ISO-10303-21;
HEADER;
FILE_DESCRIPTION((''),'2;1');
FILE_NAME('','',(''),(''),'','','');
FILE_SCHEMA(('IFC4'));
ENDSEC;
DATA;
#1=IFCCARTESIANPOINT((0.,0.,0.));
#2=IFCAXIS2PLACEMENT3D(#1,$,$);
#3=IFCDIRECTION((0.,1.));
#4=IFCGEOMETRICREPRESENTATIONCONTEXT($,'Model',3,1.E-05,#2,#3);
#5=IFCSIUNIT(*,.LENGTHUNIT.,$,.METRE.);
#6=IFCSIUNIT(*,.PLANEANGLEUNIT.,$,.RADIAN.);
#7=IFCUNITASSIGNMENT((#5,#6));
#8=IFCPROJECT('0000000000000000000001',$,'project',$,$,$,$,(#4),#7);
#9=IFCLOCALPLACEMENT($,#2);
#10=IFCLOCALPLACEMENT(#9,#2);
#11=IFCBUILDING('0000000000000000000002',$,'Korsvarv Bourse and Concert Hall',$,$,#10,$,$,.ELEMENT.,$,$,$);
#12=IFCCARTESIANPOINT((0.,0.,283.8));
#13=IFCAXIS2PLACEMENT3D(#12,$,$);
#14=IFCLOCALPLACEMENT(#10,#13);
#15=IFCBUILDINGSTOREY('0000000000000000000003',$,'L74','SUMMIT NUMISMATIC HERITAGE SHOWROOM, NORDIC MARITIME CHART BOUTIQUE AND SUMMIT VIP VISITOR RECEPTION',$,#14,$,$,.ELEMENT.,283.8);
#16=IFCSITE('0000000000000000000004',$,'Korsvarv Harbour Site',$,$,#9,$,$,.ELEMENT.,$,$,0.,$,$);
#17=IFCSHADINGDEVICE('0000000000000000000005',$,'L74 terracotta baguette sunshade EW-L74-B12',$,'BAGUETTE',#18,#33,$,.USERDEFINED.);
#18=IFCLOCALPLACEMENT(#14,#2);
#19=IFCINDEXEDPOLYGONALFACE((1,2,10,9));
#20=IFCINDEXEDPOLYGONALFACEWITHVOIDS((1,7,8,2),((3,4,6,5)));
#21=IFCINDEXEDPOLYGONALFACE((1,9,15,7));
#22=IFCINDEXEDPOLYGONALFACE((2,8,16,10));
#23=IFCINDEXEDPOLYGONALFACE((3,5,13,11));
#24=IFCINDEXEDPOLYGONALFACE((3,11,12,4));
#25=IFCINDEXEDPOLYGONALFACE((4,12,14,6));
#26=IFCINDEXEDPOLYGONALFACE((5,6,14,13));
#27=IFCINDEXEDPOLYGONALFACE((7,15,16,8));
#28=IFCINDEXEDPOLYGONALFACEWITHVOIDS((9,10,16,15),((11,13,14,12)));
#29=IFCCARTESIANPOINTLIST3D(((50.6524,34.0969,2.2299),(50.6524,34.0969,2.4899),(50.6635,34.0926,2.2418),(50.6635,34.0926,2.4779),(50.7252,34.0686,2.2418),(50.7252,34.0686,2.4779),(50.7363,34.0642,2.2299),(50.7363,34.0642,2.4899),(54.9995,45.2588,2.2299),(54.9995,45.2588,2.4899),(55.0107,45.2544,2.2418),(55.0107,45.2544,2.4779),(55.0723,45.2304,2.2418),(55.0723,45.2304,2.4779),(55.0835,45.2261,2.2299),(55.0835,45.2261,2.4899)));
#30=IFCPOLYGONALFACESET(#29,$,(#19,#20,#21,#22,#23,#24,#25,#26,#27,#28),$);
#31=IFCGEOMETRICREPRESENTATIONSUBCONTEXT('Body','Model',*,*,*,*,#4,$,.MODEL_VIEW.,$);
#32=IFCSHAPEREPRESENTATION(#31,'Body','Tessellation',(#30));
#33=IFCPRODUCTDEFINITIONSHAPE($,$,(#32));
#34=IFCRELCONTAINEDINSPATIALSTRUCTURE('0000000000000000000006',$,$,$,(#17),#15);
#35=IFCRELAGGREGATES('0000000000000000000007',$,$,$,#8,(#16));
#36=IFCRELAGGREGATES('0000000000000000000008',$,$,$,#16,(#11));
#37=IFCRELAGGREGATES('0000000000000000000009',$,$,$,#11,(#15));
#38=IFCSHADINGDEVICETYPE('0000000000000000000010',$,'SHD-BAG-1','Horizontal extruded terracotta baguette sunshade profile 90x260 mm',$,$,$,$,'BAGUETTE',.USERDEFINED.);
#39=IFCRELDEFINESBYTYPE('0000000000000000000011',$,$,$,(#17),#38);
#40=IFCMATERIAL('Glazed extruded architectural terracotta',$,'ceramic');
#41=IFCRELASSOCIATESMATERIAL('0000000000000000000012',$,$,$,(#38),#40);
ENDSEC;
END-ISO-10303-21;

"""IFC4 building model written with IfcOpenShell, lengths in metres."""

from ifc_helpers import new_model, si_unit, direction, frame, origin, origin_2d, place, context, subcontext, project, spatial, hollow_rectangle, extrude, source, transform, mapped, material, material_profile, profile_set, type_object, element, save


model = new_model("IFC4")

# Units and contexts
model_context = context("Model", 3, precision=1e-05, world=origin(), true_north=direction((0.0, 1.0)))
body_context = subcontext(model_context, "Body", "Model", "MODEL_VIEW")
ifc_project = project(units=[si_unit("LENGTHUNIT", "METRE"), si_unit("PLANEANGLEUNIT", "RADIAN")], contexts=[model_context])

# Site, building, storey
site_placement = place(None, origin())
site = spatial("IfcSite", under=ifc_project, at=site_placement, Name="Korsvarv Harbour Site", CompositionType="ELEMENT", RefElevation=0.0)
building_placement = place(site_placement, origin())
building = spatial("IfcBuilding", under=site, at=building_placement, Name="Korsvarv Bourse and Concert Hall", CompositionType="ELEMENT")
storey_placement = place(building_placement, frame((0.0, 0.0, 283.8)))
storey = spatial("IfcBuildingStorey", under=building, at=storey_placement, Name="L74", Description="SUMMIT NUMISMATIC HERITAGE SHOWROOM, NORDIC MARITIME CHART BOUTIQUE AND SUMMIT VIP VISITOR RECEPTION", CompositionType="ELEMENT", Elevation=283.8)

# Shading device
ifc_material_1 = material(Name="Glazed extruded architectural terracotta", Category="ceramic")
ifc_material_profile_1 = material_profile(ifc_material_1, hollow_rectangle(XDim=0.0901, YDim=0.26, WallThickness=0.012, at=origin_2d()), Name="TC-BAG 90x260")
ifc_profile_set_1 = profile_set([ifc_material_profile_1], Name="Glazed extruded architectural terracotta")
shading_device_type = type_object("IfcShadingDeviceType", Name="SHD-BAG-1", Description="Horizontal extruded terracotta baguette sunshade profile 90x260 mm", ElementType="BAGUETTE", PredefinedType="USERDEFINED", material=ifc_profile_set_1)
shared_shape_1 = source(origin(), body_context, "Body", "SweptSolid", [
    extrude(hollow_rectangle(XDim=0.0901, YDim=0.26, WallThickness=0.012, at=origin_2d()), origin(), (0.0, 0.0, 1.0), 11.9785),
])
shading_device_placement = place(storey_placement, frame((50.6943, 34.0806, 2.3599), z_axis=(0.362913, 0.931823, 0.0), x_axis=(-0.931823, 0.362913, 0.0)))
element("IfcShadingDevice", 1, at=shading_device_placement, inside=storey, type_object=shading_device_type, Name="L74 terracotta baguette sunshade EW-L74-B12", ObjectType="BAGUETTE", PredefinedType="USERDEFINED", context=body_context, shape_type="MappedRepresentation", body=[
    mapped(shared_shape_1, transform((0.0, 0.0, 0.0), scale=1.0)),
])

save(model, "model.ifc")
